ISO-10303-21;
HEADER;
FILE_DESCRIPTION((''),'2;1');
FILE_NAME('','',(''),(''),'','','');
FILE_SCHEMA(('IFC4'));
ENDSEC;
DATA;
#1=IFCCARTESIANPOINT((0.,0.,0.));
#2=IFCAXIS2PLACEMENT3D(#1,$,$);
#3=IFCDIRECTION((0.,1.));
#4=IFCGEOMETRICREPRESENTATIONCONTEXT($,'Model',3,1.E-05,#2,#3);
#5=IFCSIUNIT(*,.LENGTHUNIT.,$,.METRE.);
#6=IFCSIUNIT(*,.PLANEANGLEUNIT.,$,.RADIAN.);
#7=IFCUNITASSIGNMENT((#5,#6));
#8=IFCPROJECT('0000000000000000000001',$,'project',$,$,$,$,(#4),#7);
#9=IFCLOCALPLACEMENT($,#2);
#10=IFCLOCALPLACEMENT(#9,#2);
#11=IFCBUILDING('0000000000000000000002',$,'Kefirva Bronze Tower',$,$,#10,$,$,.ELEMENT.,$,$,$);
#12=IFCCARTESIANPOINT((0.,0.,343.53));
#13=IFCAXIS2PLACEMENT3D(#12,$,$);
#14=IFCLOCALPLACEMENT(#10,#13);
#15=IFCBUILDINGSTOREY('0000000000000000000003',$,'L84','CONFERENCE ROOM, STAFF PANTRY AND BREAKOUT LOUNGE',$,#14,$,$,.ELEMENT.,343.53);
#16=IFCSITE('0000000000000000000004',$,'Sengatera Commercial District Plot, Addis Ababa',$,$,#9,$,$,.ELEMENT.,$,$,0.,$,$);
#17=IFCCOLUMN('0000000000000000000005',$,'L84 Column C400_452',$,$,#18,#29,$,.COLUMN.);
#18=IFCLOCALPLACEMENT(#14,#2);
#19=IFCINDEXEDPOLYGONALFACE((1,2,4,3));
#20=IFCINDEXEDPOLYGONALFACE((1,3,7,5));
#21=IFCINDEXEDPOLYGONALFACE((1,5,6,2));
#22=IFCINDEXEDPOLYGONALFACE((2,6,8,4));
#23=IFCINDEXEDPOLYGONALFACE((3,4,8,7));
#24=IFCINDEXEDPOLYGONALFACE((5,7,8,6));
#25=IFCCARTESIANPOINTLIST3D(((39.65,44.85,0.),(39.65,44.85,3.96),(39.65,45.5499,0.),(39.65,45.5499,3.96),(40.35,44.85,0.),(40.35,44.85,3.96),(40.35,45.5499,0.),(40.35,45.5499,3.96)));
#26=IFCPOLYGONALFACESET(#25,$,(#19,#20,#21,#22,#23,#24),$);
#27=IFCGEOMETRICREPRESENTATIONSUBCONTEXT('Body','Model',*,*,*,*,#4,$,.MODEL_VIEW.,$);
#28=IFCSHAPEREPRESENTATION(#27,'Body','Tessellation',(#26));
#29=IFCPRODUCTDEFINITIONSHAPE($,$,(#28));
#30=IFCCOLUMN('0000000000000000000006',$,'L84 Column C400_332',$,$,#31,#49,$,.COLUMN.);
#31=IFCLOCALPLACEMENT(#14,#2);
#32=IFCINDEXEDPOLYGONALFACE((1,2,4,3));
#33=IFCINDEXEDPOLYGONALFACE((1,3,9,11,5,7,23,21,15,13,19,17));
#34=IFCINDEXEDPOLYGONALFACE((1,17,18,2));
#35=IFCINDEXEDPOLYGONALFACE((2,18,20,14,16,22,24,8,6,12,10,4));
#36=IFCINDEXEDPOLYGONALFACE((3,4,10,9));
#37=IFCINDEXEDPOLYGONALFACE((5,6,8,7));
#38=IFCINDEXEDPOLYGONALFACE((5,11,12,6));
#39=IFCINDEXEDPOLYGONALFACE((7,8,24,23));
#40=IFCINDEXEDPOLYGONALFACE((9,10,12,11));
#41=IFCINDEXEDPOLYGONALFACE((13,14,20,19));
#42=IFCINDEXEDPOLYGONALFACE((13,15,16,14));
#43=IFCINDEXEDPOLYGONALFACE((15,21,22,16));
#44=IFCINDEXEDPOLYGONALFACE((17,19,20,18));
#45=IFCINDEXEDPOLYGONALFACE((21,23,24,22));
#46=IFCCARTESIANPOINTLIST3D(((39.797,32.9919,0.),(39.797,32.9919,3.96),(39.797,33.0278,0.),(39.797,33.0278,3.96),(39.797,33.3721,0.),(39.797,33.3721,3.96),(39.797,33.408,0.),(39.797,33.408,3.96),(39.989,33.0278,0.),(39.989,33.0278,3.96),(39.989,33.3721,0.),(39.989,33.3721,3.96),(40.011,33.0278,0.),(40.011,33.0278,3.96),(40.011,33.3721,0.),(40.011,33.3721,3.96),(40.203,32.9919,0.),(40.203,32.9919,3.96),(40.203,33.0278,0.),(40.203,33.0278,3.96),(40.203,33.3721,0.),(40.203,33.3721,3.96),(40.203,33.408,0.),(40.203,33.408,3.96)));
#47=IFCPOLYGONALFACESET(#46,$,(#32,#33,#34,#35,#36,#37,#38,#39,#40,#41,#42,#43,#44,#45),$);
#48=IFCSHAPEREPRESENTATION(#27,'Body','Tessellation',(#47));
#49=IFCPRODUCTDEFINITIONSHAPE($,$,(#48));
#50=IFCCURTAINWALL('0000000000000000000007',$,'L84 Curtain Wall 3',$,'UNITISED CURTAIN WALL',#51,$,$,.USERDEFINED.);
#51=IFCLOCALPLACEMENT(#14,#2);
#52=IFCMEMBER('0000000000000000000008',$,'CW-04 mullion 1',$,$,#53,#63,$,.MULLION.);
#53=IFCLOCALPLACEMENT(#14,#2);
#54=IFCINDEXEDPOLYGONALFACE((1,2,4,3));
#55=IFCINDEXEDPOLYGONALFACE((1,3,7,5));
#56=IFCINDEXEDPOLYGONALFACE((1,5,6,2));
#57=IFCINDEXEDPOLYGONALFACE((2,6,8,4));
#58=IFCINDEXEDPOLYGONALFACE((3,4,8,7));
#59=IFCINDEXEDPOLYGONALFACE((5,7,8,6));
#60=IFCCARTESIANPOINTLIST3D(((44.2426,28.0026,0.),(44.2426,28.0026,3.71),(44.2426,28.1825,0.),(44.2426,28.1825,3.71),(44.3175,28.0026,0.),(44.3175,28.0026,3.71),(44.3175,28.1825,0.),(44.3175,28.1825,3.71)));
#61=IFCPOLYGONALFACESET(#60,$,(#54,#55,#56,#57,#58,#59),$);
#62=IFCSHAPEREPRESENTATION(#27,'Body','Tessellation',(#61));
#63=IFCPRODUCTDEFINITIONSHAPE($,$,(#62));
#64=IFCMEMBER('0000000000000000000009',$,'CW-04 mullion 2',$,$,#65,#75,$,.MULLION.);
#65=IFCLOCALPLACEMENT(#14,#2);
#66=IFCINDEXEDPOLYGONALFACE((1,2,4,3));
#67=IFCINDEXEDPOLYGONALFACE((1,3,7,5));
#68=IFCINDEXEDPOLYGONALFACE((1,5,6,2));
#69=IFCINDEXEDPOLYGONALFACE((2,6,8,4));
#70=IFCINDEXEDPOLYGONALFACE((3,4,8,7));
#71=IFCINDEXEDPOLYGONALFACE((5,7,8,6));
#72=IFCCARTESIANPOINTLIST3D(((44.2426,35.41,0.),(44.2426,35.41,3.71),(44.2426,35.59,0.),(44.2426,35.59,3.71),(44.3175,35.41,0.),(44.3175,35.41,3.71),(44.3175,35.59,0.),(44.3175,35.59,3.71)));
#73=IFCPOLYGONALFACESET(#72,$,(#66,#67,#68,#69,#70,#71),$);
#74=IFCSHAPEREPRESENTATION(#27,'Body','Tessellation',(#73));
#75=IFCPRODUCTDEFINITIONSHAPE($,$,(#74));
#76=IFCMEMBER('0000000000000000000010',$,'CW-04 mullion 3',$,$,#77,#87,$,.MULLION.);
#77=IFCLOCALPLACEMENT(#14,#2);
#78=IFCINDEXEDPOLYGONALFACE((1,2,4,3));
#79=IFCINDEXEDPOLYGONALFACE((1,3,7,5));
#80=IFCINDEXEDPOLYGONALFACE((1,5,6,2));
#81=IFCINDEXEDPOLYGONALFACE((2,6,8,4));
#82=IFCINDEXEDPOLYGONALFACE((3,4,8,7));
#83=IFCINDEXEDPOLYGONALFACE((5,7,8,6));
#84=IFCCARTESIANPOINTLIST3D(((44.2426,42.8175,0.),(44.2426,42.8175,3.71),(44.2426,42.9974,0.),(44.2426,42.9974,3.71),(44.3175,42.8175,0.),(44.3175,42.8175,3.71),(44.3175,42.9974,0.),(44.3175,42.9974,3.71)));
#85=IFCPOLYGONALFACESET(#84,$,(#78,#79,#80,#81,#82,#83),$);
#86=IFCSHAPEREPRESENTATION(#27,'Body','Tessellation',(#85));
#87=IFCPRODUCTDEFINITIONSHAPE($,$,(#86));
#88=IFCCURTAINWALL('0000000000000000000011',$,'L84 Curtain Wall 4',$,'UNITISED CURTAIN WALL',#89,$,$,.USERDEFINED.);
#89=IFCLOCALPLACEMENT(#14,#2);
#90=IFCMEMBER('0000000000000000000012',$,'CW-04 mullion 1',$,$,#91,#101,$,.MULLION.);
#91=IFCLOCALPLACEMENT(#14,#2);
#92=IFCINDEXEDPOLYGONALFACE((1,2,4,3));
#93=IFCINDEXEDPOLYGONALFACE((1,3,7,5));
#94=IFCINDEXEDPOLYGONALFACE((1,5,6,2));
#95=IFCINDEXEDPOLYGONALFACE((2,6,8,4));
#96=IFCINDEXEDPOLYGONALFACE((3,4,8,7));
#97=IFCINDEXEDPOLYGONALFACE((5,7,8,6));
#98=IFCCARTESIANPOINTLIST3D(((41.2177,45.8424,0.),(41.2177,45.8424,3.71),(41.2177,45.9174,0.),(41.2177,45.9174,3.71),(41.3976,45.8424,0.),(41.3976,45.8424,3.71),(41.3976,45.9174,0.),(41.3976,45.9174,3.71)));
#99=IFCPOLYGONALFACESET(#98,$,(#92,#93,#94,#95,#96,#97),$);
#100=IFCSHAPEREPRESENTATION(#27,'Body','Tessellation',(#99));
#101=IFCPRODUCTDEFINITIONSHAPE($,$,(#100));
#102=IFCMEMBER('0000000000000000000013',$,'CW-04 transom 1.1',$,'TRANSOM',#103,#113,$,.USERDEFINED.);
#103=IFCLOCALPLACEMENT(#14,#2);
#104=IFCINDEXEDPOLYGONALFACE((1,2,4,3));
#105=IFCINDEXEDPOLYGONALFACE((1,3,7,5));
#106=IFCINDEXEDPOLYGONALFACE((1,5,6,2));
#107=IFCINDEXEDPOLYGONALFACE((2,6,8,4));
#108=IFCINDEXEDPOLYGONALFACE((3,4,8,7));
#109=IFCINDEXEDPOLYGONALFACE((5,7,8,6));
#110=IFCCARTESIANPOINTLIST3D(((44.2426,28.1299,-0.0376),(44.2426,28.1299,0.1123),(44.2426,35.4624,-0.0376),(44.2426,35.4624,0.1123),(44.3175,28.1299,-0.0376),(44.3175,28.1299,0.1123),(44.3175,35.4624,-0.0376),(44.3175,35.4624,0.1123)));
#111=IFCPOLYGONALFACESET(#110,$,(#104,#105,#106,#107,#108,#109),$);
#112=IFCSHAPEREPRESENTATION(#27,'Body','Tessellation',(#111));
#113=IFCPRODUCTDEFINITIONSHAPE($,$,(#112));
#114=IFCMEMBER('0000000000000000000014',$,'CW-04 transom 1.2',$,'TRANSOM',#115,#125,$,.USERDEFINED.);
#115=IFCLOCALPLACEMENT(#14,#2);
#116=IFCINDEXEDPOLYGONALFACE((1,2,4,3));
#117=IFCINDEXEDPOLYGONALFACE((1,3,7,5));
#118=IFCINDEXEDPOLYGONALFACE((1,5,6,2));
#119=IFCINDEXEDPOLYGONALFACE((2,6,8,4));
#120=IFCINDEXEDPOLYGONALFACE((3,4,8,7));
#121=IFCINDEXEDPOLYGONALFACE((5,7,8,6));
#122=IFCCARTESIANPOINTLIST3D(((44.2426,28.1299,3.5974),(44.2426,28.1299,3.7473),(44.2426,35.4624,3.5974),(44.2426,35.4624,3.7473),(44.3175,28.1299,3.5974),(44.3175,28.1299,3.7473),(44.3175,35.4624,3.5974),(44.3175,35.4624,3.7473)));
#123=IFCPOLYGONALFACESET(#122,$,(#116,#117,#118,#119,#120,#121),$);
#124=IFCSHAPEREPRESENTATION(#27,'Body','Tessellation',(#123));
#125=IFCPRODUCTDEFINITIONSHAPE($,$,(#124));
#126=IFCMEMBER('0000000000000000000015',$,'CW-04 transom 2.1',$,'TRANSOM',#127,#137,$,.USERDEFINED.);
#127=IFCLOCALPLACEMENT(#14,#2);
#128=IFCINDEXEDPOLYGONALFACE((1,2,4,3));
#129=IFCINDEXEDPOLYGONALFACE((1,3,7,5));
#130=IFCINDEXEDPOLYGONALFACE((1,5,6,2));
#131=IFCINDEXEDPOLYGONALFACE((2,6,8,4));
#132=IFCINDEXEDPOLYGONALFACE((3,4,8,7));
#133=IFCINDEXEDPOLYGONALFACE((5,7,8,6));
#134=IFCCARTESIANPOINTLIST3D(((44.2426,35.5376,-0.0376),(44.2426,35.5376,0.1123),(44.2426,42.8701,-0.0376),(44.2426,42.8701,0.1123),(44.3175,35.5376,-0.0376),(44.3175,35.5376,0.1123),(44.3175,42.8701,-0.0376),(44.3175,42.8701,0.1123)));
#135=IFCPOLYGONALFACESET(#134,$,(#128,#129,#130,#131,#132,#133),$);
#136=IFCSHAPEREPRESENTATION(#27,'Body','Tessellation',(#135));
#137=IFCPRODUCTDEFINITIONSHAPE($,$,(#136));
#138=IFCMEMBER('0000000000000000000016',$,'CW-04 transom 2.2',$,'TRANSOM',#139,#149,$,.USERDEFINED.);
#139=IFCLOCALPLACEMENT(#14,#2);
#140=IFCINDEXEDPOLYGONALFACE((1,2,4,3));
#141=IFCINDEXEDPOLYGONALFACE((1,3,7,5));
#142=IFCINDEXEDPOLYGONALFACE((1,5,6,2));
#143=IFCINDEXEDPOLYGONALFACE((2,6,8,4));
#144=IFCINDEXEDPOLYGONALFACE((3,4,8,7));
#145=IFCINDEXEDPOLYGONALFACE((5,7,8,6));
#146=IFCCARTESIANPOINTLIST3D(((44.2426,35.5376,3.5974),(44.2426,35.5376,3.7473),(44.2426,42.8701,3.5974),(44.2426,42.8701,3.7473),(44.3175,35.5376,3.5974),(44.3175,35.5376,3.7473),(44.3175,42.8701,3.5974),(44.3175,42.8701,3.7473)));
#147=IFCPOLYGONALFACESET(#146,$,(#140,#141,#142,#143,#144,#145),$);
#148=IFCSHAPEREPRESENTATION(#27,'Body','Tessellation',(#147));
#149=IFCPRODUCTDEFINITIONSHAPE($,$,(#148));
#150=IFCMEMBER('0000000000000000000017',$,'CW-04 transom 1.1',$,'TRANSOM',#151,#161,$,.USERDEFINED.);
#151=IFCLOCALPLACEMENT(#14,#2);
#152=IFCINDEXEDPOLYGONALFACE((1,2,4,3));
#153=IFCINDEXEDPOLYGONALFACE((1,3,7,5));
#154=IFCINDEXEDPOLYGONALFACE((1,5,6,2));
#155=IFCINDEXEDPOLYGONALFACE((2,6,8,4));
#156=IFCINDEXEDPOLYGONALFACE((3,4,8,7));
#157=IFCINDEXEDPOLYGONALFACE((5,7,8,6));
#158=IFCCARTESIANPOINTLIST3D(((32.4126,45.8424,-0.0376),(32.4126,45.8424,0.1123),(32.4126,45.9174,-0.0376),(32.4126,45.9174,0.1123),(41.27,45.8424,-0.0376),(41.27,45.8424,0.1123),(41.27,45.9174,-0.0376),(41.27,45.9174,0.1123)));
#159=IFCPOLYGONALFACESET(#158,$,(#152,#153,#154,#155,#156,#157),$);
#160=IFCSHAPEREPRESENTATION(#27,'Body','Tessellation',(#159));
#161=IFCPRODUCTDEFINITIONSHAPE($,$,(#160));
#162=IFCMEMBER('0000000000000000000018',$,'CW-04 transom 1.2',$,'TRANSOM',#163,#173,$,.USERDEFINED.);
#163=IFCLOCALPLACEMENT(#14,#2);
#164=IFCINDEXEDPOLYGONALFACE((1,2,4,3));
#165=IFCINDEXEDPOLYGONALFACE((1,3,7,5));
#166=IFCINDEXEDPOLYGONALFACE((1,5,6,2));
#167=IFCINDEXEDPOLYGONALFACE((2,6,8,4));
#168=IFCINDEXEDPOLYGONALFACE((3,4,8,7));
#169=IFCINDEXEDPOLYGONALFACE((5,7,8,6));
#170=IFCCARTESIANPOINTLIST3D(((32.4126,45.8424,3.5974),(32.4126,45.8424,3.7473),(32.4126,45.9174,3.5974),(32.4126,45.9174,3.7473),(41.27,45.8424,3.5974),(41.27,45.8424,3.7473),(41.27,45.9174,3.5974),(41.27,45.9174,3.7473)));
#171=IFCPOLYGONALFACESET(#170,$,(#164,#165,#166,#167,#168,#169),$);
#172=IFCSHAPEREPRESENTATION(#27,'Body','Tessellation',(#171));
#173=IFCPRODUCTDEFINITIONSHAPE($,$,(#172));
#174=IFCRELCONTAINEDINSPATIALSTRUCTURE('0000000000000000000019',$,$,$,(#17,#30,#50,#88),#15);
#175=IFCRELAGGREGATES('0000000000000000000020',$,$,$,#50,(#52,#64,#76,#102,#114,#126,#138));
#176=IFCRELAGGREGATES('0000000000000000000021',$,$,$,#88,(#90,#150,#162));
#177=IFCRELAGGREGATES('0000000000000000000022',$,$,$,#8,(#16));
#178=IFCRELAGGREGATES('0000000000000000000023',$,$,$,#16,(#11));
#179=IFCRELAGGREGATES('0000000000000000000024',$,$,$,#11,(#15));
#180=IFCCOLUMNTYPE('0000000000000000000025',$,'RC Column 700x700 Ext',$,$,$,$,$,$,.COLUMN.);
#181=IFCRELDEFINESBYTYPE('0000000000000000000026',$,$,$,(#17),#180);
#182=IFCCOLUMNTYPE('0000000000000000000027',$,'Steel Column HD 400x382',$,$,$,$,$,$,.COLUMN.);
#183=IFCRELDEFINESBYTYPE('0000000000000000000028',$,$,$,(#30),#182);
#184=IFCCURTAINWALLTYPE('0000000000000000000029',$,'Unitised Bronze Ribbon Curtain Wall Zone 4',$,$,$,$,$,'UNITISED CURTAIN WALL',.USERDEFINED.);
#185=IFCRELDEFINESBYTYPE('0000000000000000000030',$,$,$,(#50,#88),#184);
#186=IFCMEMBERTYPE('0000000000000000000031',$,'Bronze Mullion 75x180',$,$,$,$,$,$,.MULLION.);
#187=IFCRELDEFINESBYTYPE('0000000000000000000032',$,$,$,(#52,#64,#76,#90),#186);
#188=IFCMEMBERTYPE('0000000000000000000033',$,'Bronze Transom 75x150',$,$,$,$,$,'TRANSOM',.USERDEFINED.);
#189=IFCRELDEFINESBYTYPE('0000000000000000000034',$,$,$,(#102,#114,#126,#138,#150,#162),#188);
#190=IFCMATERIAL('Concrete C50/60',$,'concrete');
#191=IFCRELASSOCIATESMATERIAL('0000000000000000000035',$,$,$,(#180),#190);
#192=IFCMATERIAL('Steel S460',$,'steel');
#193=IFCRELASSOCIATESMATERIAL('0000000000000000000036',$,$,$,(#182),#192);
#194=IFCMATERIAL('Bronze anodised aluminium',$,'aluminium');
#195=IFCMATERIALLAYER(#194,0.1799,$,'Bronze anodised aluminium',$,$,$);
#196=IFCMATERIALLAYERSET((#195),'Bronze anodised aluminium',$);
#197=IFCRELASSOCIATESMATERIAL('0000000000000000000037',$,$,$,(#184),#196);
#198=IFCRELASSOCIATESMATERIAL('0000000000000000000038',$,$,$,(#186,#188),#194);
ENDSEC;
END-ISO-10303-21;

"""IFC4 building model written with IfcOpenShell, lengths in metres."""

from ifc_helpers import new_model, si_unit, direction, frame, origin, origin_2d, place, context, subcontext, project, spatial, rectangle, i_section, extrude, material, layer, layer_set, material_profile, profile_set, type_object, element, aggregate, save


model = new_model("IFC4")

# Units and contexts
model_context = context("Model", 3, precision=1e-05, world=origin(), true_north=direction((0.0, 1.0)))
body_context = subcontext(model_context, "Body", "Model", "MODEL_VIEW")
ifc_project = project(units=[si_unit("LENGTHUNIT", "METRE"), si_unit("PLANEANGLEUNIT", "RADIAN")], contexts=[model_context])

# Site, building, storey
site_placement = place(None, origin())
site = spatial("IfcSite", under=ifc_project, at=site_placement, Name="Sengatera Commercial District Plot, Addis Ababa", CompositionType="ELEMENT", RefElevation=0.0)
building_placement = place(site_placement, origin())
building = spatial("IfcBuilding", under=site, at=building_placement, Name="Kefirva Bronze Tower", CompositionType="ELEMENT")
storey_placement = place(building_placement, frame((0.0, 0.0, 343.53)))
storey = spatial("IfcBuildingStorey", under=building, at=storey_placement, Name="L84", Description="CONFERENCE ROOM, STAFF PANTRY AND BREAKOUT LOUNGE", CompositionType="ELEMENT", Elevation=343.53)

# Columns
ifc_material_1 = material(Name="Concrete C50/60", Category="concrete")
ifc_material_profile_1 = material_profile(ifc_material_1, rectangle(XDim=0.7, YDim=0.7, at=origin_2d()), Name="RC 700x700")
ifc_profile_set_1 = profile_set([ifc_material_profile_1], Name="Concrete C50/60")
column_type_1 = type_object("IfcColumnType", Name="RC Column 700x700 Ext", PredefinedType="COLUMN", material=ifc_profile_set_1)
column_1_placement = place(storey_placement, frame((40.0, 45.2, 0.0), z_axis=(0.0, 0.0, 1.0), x_axis=(1.0, 0.0, 0.0)))
element("IfcColumn", 1, at=column_1_placement, inside=storey, type_object=column_type_1, Name="L84 Column C400_452", PredefinedType="COLUMN", context=body_context, shape_type="SweptSolid", body=[
    extrude(rectangle(XDim=0.7, YDim=0.7, at=origin_2d()), origin(), (0.0, 0.0, 1.0), 3.96),
])
ifc_material_2 = material(Name="Steel S460", Category="steel")
ifc_material_profile_2 = material_profile(ifc_material_2, i_section(OverallWidth=0.406, OverallDepth=0.416, WebThickness=0.022, FlangeThickness=0.0359, at=origin_2d()), Name="HD 400x382")
ifc_profile_set_2 = profile_set([ifc_material_profile_2], Name="Steel S460")
column_type_2 = type_object("IfcColumnType", Name="Steel Column HD 400x382", PredefinedType="COLUMN", material=ifc_profile_set_2)
column_2_placement = place(storey_placement, frame((40.0, 33.2, 0.0), z_axis=(0.0, 0.0, 1.0), x_axis=(1.0, 0.0, 0.0)))
element("IfcColumn", 2, at=column_2_placement, inside=storey, type_object=column_type_2, Name="L84 Column C400_332", PredefinedType="COLUMN", context=body_context, shape_type="SweptSolid", body=[
    extrude(i_section(OverallWidth=0.406, OverallDepth=0.416, WebThickness=0.022, FlangeThickness=0.0359, at=origin_2d()), origin(), (0.0, 0.0, 1.0), 3.96),
])

# Curtain wall, members
ifc_material_3 = material(Name="Bronze anodised aluminium", Category="aluminium")
ifc_layer_1 = layer(ifc_material_3, 0.1799, Name="Bronze anodised aluminium")
ifc_layer_set_1 = layer_set([ifc_layer_1], Name="Bronze anodised aluminium")
curtain_wall_type = type_object("IfcCurtainWallType", Name="Unitised Bronze Ribbon Curtain Wall Zone 4", ElementType="UNITISED CURTAIN WALL", PredefinedType="USERDEFINED", material=ifc_layer_set_1)
curtain_wall_1_placement = place(storey_placement, origin())
curtain_wall_1 = element("IfcCurtainWall", 3, at=curtain_wall_1_placement, inside=storey, type_object=curtain_wall_type, Name="L84 Curtain Wall 3", ObjectType="UNITISED CURTAIN WALL", PredefinedType="USERDEFINED")
ifc_material_profile_3 = material_profile(ifc_material_3, rectangle(XDim=0.075, YDim=0.1799, at=origin_2d()), Name="ALU 75x180")
ifc_profile_set_3 = profile_set([ifc_material_profile_3], Name="Bronze anodised aluminium")
member_type_1 = type_object("IfcMemberType", Name="Bronze Mullion 75x180", PredefinedType="MULLION", material=ifc_profile_set_3)
member_1_placement = place(storey_placement, frame((44.28, 28.0925, 0.0), z_axis=(0.0, 0.0, 1.0), x_axis=(-1.0, 0.0, 0.0)))
member_1 = element("IfcMember", 4, at=member_1_placement, type_object=member_type_1, Name="CW-04 mullion 1", PredefinedType="MULLION", context=body_context, shape_type="SweptSolid", body=[
    extrude(rectangle(XDim=0.075, YDim=0.1799, at=origin_2d()), origin(), (0.0, 0.0, 1.0), 3.71),
])
member_2_placement = place(storey_placement, frame((44.28, 35.5, 0.0), z_axis=(0.0, 0.0, 1.0), x_axis=(-1.0, 0.0, 0.0)))
member_2 = element("IfcMember", 5, at=member_2_placement, type_object=member_type_1, Name="CW-04 mullion 2", PredefinedType="MULLION", context=body_context, shape_type="SweptSolid", body=[
    extrude(rectangle(XDim=0.075, YDim=0.1799, at=origin_2d()), origin(), (0.0, 0.0, 1.0), 3.71),
])
member_3_placement = place(storey_placement, frame((44.28, 42.9075, 0.0), z_axis=(0.0, 0.0, 1.0), x_axis=(-1.0, 0.0, 0.0)))
member_3 = element("IfcMember", 6, at=member_3_placement, type_object=member_type_1, Name="CW-04 mullion 3", PredefinedType="MULLION", context=body_context, shape_type="SweptSolid", body=[
    extrude(rectangle(XDim=0.075, YDim=0.1799, at=origin_2d()), origin(), (0.0, 0.0, 1.0), 3.71),
])

# Curtain wall, member
curtain_wall_2_placement = place(storey_placement, origin())
curtain_wall_2 = element("IfcCurtainWall", 7, at=curtain_wall_2_placement, inside=storey, type_object=curtain_wall_type, Name="L84 Curtain Wall 4", ObjectType="UNITISED CURTAIN WALL", PredefinedType="USERDEFINED")
member_4_placement = place(storey_placement, frame((41.3076, 45.8799, 0.0), z_axis=(0.0, 0.0, 1.0), x_axis=(0.0, -1.0, 0.0)))
member_4 = element("IfcMember", 8, at=member_4_placement, type_object=member_type_1, Name="CW-04 mullion 1", PredefinedType="MULLION", context=body_context, shape_type="SweptSolid", body=[
    extrude(rectangle(XDim=0.075, YDim=0.1799, at=origin_2d()), origin(), (0.0, 0.0, 1.0), 3.71),
])

# Members
ifc_material_profile_4 = material_profile(ifc_material_3, rectangle(XDim=0.075, YDim=0.1499, at=origin_2d()), Name="ALU 75x150")
ifc_profile_set_4 = profile_set([ifc_material_profile_4], Name="Bronze anodised aluminium")
member_type_2 = type_object("IfcMemberType", Name="Bronze Transom 75x150", ElementType="TRANSOM", PredefinedType="USERDEFINED", material=ifc_profile_set_4)
member_5_placement = place(storey_placement, frame((44.28, 28.1299, 0.0374), z_axis=(0.0, 1.0, 0.0), x_axis=(-1.0, 0.0, 0.0)))
member_5 = element("IfcMember", 9, at=member_5_placement, type_object=member_type_2, Name="CW-04 transom 1.1", ObjectType="TRANSOM", PredefinedType="USERDEFINED", context=body_context, shape_type="SweptSolid", body=[
    extrude(rectangle(XDim=0.075, YDim=0.1499, at=origin_2d()), origin(), (0.0, 0.0, 1.0), 7.3325),
])
member_6_placement = place(storey_placement, frame((44.28, 28.1299, 3.6724), z_axis=(0.0, 1.0, 0.0), x_axis=(-1.0, 0.0, 0.0)))
member_6 = element("IfcMember", 10, at=member_6_placement, type_object=member_type_2, Name="CW-04 transom 1.2", ObjectType="TRANSOM", PredefinedType="USERDEFINED", context=body_context, shape_type="SweptSolid", body=[
    extrude(rectangle(XDim=0.075, YDim=0.1499, at=origin_2d()), origin(), (0.0, 0.0, 1.0), 7.3325),
])
member_7_placement = place(storey_placement, frame((44.28, 35.5376, 0.0374), z_axis=(0.0, 1.0, 0.0), x_axis=(-1.0, 0.0, 0.0)))
member_7 = element("IfcMember", 11, at=member_7_placement, type_object=member_type_2, Name="CW-04 transom 2.1", ObjectType="TRANSOM", PredefinedType="USERDEFINED", context=body_context, shape_type="SweptSolid", body=[
    extrude(rectangle(XDim=0.075, YDim=0.1499, at=origin_2d()), origin(), (0.0, 0.0, 1.0), 7.3325),
])
member_8_placement = place(storey_placement, frame((44.28, 35.5376, 3.6724), z_axis=(0.0, 1.0, 0.0), x_axis=(-1.0, 0.0, 0.0)))
member_8 = element("IfcMember", 12, at=member_8_placement, type_object=member_type_2, Name="CW-04 transom 2.2", ObjectType="TRANSOM", PredefinedType="USERDEFINED", context=body_context, shape_type="SweptSolid", body=[
    extrude(rectangle(XDim=0.075, YDim=0.1499, at=origin_2d()), origin(), (0.0, 0.0, 1.0), 7.3325),
])
member_9_placement = place(storey_placement, frame((41.27, 45.8799, 0.0374), z_axis=(-1.0, 0.0, 0.0), x_axis=(0.0, -1.0, 0.0)))
member_9 = element("IfcMember", 13, at=member_9_placement, type_object=member_type_2, Name="CW-04 transom 1.1", ObjectType="TRANSOM", PredefinedType="USERDEFINED", context=body_context, shape_type="SweptSolid", body=[
    extrude(rectangle(XDim=0.075, YDim=0.1499, at=origin_2d()), origin(), (0.0, 0.0, 1.0), 8.8574),
])
member_10_placement = place(storey_placement, frame((41.27, 45.8799, 3.6724), z_axis=(-1.0, 0.0, 0.0), x_axis=(0.0, -1.0, 0.0)))
member_10 = element("IfcMember", 14, at=member_10_placement, type_object=member_type_2, Name="CW-04 transom 1.2", ObjectType="TRANSOM", PredefinedType="USERDEFINED", context=body_context, shape_type="SweptSolid", body=[
    extrude(rectangle(XDim=0.075, YDim=0.1499, at=origin_2d()), origin(), (0.0, 0.0, 1.0), 8.8574),
])

aggregate(curtain_wall_1, [member_1, member_2, member_3, member_5, member_6, member_7, member_8])
aggregate(curtain_wall_2, [member_4, member_9, member_10])

save(model, "model.ifc")
